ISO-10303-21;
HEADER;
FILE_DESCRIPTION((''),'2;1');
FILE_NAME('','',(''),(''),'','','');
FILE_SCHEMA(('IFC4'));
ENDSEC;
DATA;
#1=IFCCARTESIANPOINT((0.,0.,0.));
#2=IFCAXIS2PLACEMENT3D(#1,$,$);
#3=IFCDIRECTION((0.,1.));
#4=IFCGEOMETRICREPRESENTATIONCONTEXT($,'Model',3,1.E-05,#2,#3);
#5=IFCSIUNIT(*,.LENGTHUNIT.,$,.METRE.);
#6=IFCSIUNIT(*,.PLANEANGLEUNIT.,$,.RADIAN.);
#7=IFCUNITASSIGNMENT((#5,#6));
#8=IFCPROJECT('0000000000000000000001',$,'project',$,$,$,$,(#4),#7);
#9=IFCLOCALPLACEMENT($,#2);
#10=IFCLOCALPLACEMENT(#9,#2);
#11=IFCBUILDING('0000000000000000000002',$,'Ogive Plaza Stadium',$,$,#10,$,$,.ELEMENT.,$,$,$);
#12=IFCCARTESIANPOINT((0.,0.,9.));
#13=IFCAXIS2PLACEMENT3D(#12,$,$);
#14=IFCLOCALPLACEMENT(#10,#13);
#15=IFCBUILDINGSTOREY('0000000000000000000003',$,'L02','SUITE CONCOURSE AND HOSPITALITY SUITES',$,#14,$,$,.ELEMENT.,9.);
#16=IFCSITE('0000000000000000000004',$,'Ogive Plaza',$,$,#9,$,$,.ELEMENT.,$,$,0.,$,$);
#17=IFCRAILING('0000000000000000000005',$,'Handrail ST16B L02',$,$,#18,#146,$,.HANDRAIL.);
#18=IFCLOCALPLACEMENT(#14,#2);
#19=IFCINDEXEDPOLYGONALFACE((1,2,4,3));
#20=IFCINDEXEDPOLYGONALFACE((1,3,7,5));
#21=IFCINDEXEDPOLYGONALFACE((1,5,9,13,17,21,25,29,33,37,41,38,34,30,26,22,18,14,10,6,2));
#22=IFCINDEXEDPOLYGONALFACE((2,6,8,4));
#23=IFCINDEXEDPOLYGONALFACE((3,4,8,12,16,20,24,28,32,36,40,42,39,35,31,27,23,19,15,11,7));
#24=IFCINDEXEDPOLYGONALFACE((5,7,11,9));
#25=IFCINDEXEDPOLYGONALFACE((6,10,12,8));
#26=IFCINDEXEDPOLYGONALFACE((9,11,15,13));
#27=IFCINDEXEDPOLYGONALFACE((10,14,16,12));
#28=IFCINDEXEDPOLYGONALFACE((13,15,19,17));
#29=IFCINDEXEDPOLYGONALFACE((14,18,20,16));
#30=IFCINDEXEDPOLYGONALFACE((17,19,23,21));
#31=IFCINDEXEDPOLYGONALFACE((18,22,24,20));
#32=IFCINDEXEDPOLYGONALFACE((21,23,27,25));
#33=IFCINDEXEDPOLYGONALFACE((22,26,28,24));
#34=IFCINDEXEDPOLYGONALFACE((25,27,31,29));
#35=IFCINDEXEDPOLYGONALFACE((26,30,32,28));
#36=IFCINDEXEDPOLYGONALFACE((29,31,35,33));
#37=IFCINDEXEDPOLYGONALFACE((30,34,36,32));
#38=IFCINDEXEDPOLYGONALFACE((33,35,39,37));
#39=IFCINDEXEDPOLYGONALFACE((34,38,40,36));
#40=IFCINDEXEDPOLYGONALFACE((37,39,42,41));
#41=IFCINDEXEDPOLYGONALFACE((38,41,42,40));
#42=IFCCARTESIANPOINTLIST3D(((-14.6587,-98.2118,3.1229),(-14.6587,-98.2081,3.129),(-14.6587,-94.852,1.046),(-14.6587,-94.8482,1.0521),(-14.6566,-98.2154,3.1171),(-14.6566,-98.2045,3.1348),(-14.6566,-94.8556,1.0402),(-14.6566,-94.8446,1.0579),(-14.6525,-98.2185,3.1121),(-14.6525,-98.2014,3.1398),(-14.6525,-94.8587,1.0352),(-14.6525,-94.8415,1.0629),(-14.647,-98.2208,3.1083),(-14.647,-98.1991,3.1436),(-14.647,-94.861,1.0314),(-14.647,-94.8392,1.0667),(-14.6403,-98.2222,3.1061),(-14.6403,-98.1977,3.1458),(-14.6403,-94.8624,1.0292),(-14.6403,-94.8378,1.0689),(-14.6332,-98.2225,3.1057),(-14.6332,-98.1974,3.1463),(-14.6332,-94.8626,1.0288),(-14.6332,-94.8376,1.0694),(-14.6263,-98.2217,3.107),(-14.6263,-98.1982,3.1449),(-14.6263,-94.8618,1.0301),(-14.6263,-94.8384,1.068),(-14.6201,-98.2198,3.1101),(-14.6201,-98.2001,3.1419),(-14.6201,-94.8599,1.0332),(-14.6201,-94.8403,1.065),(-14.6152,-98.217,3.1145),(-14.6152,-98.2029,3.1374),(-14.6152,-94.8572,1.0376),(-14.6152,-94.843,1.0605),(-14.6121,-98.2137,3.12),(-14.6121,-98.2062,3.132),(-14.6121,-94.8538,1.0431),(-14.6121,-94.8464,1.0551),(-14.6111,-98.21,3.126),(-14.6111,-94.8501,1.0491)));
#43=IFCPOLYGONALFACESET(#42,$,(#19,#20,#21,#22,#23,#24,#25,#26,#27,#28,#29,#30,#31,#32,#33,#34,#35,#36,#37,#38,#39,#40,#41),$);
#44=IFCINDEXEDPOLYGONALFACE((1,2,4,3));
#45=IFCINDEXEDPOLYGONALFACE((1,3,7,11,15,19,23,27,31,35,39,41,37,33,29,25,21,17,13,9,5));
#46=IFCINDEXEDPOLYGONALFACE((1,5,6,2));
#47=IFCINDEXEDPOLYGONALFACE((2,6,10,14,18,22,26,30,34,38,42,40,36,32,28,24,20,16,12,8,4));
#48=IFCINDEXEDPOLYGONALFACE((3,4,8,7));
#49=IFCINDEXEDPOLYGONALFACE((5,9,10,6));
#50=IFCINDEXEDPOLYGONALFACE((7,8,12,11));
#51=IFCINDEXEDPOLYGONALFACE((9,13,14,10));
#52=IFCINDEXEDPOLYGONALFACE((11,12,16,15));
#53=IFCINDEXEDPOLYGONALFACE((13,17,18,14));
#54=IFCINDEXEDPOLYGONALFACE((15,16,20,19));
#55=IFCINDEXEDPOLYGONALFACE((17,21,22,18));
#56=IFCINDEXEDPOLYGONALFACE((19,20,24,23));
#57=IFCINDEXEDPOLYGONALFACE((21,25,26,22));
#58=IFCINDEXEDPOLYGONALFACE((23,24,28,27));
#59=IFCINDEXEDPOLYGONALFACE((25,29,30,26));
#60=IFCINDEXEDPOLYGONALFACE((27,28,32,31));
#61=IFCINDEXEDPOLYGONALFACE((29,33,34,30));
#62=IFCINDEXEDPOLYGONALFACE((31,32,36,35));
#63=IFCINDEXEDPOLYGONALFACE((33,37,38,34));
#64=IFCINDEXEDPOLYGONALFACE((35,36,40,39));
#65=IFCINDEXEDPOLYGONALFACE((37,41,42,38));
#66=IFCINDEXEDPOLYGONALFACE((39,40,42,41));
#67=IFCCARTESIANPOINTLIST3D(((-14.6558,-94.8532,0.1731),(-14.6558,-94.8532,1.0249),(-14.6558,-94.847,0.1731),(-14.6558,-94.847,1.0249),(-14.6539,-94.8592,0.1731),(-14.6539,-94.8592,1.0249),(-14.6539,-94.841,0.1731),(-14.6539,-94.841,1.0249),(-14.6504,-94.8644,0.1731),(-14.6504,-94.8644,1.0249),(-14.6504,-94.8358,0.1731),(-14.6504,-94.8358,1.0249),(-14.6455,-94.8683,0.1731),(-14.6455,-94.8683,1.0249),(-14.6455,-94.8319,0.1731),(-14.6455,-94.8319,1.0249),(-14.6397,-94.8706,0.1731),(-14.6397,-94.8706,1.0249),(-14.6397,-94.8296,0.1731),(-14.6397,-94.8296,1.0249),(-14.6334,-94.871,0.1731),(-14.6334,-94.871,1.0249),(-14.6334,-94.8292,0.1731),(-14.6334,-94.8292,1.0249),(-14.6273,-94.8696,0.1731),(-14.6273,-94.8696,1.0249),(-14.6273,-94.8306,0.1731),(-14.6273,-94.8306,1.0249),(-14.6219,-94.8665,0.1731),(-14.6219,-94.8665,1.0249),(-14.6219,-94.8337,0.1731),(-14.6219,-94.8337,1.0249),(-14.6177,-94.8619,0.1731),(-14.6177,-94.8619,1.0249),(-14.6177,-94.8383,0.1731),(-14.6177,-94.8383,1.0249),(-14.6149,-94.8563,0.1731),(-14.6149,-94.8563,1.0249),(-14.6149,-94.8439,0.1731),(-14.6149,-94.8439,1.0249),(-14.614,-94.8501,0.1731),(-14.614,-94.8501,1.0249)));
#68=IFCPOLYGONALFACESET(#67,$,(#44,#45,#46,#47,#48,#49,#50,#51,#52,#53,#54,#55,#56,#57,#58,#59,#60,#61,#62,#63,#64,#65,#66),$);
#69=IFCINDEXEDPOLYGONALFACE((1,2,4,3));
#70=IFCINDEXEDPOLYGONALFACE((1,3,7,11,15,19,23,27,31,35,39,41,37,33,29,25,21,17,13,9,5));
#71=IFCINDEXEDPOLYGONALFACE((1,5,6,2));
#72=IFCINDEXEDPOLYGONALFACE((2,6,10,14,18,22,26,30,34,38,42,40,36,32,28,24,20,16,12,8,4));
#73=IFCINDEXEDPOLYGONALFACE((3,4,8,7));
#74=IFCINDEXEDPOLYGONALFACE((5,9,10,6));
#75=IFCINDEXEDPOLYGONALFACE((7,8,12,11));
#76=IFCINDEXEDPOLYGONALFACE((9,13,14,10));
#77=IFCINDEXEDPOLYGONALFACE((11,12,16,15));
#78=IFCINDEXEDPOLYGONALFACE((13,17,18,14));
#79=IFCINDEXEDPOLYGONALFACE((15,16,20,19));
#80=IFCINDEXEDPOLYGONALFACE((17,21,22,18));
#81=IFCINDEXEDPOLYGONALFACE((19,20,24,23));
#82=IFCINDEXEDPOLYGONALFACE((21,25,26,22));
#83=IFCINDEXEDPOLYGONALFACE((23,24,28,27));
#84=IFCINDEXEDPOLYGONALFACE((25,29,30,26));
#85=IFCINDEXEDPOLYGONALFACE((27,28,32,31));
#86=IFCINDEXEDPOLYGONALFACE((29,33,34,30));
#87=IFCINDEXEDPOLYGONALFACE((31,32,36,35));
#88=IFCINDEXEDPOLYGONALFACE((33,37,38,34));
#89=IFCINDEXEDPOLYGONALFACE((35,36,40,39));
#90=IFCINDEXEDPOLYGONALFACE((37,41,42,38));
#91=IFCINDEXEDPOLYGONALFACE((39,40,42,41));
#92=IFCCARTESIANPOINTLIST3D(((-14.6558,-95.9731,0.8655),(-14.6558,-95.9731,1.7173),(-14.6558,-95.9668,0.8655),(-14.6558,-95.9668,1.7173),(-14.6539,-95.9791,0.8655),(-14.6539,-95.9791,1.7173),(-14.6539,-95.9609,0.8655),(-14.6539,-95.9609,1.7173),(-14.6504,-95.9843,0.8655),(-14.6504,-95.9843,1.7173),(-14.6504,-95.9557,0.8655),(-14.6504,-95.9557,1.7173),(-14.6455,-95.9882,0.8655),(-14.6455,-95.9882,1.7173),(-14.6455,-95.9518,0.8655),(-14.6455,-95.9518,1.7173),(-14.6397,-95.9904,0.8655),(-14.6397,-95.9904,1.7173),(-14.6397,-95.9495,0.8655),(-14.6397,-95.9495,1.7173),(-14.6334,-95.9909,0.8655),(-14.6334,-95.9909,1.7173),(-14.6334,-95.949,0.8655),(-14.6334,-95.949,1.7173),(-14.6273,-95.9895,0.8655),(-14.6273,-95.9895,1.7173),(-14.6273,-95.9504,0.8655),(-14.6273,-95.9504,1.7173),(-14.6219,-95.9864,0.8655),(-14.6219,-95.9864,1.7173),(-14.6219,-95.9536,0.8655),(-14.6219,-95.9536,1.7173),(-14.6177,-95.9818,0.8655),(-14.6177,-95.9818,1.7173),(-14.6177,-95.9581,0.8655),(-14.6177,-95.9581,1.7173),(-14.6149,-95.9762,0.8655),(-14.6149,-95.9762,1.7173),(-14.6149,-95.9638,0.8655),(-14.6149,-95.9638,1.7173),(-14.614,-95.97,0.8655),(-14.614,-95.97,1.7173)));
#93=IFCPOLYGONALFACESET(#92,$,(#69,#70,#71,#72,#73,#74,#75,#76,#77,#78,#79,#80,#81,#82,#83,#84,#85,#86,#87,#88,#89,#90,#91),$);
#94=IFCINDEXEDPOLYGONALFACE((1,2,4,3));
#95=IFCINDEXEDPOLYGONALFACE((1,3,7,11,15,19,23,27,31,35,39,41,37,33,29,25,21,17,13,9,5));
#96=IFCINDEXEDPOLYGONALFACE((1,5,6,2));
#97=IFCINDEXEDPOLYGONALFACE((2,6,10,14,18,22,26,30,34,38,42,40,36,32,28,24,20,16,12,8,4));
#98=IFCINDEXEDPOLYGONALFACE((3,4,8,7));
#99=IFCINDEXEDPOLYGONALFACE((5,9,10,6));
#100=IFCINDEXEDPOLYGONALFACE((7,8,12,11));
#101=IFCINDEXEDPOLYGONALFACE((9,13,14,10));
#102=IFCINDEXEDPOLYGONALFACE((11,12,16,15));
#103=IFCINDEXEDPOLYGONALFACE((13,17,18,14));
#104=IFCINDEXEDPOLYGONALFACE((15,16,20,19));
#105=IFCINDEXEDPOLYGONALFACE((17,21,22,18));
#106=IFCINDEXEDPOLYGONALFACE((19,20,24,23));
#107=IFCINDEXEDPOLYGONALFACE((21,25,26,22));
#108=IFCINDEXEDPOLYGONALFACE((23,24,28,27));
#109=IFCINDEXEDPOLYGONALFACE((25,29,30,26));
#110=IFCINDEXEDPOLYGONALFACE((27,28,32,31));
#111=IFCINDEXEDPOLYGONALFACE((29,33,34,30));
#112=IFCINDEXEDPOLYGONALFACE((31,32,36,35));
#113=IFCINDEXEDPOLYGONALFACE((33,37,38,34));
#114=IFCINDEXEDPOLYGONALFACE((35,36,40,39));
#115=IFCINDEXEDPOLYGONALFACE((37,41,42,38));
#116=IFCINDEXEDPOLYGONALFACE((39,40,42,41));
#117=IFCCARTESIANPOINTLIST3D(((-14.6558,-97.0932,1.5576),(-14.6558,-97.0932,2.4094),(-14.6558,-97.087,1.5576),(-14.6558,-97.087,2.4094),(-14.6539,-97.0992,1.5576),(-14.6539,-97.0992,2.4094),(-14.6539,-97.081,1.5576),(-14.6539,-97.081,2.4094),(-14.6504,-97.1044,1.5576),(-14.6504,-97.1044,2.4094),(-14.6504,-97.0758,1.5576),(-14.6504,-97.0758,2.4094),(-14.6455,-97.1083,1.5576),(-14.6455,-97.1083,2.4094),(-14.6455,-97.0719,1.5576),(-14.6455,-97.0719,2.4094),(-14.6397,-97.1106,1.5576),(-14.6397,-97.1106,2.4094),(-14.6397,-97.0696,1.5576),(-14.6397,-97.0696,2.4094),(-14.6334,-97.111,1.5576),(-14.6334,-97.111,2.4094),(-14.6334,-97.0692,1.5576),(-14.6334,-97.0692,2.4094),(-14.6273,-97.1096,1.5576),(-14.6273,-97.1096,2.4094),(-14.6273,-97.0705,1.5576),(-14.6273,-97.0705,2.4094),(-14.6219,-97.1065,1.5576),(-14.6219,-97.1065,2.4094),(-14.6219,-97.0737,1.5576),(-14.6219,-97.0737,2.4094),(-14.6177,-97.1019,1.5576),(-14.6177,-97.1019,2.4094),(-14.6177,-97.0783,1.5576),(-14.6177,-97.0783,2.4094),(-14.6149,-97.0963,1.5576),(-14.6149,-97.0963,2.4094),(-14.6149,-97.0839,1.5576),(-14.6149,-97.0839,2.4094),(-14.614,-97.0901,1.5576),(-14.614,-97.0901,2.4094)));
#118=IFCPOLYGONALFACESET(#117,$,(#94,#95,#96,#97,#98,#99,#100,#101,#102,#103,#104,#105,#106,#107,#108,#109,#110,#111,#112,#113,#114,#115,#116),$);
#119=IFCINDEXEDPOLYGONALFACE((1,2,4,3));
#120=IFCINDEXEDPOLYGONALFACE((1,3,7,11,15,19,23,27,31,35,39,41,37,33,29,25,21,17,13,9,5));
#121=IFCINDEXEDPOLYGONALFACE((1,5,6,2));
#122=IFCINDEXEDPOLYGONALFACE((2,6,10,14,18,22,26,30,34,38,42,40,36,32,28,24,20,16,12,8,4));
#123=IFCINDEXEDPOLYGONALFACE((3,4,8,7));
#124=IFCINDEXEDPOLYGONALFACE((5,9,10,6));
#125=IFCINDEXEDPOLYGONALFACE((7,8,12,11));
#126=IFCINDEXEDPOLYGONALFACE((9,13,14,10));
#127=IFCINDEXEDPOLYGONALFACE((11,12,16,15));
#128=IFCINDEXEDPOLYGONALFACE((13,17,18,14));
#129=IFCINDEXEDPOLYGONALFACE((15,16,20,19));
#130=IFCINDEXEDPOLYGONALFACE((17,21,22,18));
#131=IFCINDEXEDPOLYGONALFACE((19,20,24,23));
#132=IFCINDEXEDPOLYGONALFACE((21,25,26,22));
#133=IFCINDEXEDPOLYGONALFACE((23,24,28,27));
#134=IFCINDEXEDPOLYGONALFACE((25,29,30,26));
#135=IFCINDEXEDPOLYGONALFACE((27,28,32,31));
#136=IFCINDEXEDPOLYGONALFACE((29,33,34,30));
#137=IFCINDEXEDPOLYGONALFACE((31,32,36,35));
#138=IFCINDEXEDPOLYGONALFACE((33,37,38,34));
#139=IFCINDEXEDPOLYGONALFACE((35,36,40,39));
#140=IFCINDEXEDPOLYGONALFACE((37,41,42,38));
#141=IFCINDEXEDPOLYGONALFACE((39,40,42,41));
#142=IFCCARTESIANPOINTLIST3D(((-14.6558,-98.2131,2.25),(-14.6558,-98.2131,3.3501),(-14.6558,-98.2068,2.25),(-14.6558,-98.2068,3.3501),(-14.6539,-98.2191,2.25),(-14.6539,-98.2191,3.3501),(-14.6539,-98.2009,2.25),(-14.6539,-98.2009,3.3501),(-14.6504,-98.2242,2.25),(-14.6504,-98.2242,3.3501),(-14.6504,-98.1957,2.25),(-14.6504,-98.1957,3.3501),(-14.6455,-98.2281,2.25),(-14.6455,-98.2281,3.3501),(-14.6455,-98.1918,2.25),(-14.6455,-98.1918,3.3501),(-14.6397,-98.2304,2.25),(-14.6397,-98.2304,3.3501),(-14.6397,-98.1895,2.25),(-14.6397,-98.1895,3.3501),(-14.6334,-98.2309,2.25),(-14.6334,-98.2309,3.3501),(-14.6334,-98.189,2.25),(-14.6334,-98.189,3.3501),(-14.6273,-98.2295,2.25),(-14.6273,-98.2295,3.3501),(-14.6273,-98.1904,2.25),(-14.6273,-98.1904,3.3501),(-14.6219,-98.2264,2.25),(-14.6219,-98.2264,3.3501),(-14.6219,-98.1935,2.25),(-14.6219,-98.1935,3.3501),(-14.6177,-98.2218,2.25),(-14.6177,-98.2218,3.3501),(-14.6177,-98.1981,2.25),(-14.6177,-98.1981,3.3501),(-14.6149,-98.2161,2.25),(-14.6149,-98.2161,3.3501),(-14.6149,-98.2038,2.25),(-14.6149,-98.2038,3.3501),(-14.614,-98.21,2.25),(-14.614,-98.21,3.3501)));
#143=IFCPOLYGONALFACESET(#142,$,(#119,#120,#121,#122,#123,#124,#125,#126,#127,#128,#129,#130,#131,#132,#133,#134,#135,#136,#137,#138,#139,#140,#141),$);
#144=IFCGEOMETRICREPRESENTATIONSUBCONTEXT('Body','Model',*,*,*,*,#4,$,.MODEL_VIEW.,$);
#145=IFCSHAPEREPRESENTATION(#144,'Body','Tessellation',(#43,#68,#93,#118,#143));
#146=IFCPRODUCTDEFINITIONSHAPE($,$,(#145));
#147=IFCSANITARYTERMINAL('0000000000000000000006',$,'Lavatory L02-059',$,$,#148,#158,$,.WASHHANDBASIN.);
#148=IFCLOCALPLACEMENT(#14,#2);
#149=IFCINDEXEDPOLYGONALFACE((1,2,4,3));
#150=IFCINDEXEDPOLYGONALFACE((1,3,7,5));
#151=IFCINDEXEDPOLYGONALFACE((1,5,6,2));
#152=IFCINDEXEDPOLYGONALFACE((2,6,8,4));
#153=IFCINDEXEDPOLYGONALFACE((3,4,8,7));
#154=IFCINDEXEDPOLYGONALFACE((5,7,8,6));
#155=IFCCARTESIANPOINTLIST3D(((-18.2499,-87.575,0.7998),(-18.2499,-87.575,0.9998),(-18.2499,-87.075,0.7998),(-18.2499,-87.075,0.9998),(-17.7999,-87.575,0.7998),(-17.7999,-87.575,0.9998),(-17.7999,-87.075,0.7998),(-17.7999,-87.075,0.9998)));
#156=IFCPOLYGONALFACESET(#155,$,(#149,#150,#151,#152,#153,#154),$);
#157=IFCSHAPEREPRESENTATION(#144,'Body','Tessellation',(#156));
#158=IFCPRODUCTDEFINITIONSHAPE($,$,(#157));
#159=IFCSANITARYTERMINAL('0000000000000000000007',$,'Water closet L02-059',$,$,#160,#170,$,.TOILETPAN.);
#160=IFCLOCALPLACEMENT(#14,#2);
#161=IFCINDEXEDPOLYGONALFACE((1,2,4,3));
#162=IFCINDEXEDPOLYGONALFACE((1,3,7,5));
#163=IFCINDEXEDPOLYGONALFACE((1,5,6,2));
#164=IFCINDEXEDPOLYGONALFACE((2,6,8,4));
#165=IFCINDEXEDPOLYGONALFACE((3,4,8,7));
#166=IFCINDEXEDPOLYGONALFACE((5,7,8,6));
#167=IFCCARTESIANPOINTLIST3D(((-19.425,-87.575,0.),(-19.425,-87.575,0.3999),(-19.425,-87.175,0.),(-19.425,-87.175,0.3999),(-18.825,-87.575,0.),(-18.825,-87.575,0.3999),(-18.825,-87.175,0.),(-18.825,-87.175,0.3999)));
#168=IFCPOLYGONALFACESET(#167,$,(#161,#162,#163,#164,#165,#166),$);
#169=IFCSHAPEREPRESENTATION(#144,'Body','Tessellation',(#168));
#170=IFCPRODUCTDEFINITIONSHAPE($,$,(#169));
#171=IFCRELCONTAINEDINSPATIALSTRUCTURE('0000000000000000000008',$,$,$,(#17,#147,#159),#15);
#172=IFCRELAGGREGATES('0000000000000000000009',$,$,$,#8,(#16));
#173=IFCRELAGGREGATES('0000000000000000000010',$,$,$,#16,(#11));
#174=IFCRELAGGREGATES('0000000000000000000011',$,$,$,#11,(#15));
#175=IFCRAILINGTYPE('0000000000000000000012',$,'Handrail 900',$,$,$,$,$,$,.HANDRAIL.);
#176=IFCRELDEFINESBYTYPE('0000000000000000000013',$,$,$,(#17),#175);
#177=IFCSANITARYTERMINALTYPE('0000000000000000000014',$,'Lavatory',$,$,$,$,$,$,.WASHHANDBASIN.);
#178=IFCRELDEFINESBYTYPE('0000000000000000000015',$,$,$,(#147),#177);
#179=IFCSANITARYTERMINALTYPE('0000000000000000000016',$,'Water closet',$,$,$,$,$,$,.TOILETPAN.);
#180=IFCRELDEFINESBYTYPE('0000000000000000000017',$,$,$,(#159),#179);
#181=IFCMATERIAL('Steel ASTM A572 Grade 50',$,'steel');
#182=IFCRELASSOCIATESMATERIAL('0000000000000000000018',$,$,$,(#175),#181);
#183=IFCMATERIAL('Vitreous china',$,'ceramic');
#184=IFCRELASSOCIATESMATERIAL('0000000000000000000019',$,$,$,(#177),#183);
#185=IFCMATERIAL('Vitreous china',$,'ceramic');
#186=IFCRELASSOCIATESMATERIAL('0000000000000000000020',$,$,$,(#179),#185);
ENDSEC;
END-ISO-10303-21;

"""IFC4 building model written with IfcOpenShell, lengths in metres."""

from ifc_helpers import new_model, si_unit, direction, frame, origin, origin_2d, place, context, subcontext, project, spatial, rectangle, circle, extrude, material, type_object, element, save


model = new_model("IFC4")

# Units and contexts
model_context = context("Model", 3, precision=1e-05, world=origin(), true_north=direction((0.0, 1.0)))
body_context = subcontext(model_context, "Body", "Model", "MODEL_VIEW")
ifc_project = project(units=[si_unit("LENGTHUNIT", "METRE"), si_unit("PLANEANGLEUNIT", "RADIAN")], contexts=[model_context])

# Site, building, storey
site_placement = place(None, origin())
site = spatial("IfcSite", under=ifc_project, at=site_placement, Name="Ogive Plaza", CompositionType="ELEMENT", RefElevation=0.0)
building_placement = place(site_placement, origin())
building = spatial("IfcBuilding", under=site, at=building_placement, Name="Ogive Plaza Stadium", CompositionType="ELEMENT")
storey_placement = place(building_placement, frame((0.0, 0.0, 9.0)))
storey = spatial("IfcBuildingStorey", under=building, at=storey_placement, Name="L02", Description="SUITE CONCOURSE AND HOSPITALITY SUITES", CompositionType="ELEMENT", Elevation=9.0)

# Railing
ifc_material_1 = material(Name="Steel ASTM A572 Grade 50", Category="steel")
railing_type_1 = type_object("IfcRailingType", Name="Handrail 900", PredefinedType="HANDRAIL", material=ifc_material_1)
for number, where, name in (
    (1, (-14.635, -94.8501, 0.1731), "Handrail ST16B L02"),
):
    element("IfcRailing", number, at=place(storey_placement, frame(where)), inside=storey, type_object=railing_type_1, Name=name, PredefinedType="HANDRAIL", context=body_context, shape_type="SweptSolid", body=[
        extrude(circle(Radius=0.0239, at=origin_2d()), frame((0.0, 0.0, 0.876), z_axis=(0.0, -0.850606, 0.525803), x_axis=(1.0, 0.0, 0.0)), (0.0, 0.0, 1.0), 3.95),
        extrude(circle(Radius=0.021, at=origin_2d()), origin(), (0.0, 0.0, 1.0), 0.8518),
        extrude(circle(Radius=0.021, at=origin_2d()), frame((0.0, -1.1199, 0.6924)), (0.0, 0.0, 1.0), 0.8518),
        extrude(circle(Radius=0.021, at=origin_2d()), frame((0.0, -2.24, 1.3845)), (0.0, 0.0, 1.0), 0.8518),
        extrude(circle(Radius=0.021, at=origin_2d()), frame((0.0, -3.3599, 2.0769)), (0.0, 0.0, 1.0), 1.1001),
    ])

# Sanitary terminals
ifc_material_2 = material(Name="Vitreous china", Category="ceramic")
sanitary_terminal_type_1 = type_object("IfcSanitaryTerminalType", Name="Lavatory", PredefinedType="WASHHANDBASIN", material=ifc_material_2)
sanitary_terminal_1_placement = place(storey_placement, frame((-18.0249, -87.325, 0.7998), z_axis=(0.0, 0.0, 1.0), x_axis=(0.0, 1.0, 0.0)))
element("IfcSanitaryTerminal", 2, at=sanitary_terminal_1_placement, inside=storey, type_object=sanitary_terminal_type_1, Name="Lavatory L02-059", PredefinedType="WASHHANDBASIN", context=body_context, shape_type="SweptSolid", body=[
    extrude(rectangle(XDim=0.5, YDim=0.45, at=origin_2d()), origin(), (0.0, 0.0, 1.0), 0.2),
])
ifc_material_3 = material(Name="Vitreous china", Category="ceramic")
sanitary_terminal_type_2 = type_object("IfcSanitaryTerminalType", Name="Water closet", PredefinedType="TOILETPAN", material=ifc_material_3)
sanitary_terminal_2_placement = place(storey_placement, frame((-19.125, -87.375, 0.0), z_axis=(0.0, 0.0, 1.0), x_axis=(0.0, 1.0, 0.0)))
element("IfcSanitaryTerminal", 3, at=sanitary_terminal_2_placement, inside=storey, type_object=sanitary_terminal_type_2, Name="Water closet L02-059", PredefinedType="TOILETPAN", context=body_context, shape_type="SweptSolid", body=[
    extrude(rectangle(XDim=0.3999, YDim=0.6001, at=origin_2d()), origin(), (0.0, 0.0, 1.0), 0.3999),
])

save(model, "model.ifc")
